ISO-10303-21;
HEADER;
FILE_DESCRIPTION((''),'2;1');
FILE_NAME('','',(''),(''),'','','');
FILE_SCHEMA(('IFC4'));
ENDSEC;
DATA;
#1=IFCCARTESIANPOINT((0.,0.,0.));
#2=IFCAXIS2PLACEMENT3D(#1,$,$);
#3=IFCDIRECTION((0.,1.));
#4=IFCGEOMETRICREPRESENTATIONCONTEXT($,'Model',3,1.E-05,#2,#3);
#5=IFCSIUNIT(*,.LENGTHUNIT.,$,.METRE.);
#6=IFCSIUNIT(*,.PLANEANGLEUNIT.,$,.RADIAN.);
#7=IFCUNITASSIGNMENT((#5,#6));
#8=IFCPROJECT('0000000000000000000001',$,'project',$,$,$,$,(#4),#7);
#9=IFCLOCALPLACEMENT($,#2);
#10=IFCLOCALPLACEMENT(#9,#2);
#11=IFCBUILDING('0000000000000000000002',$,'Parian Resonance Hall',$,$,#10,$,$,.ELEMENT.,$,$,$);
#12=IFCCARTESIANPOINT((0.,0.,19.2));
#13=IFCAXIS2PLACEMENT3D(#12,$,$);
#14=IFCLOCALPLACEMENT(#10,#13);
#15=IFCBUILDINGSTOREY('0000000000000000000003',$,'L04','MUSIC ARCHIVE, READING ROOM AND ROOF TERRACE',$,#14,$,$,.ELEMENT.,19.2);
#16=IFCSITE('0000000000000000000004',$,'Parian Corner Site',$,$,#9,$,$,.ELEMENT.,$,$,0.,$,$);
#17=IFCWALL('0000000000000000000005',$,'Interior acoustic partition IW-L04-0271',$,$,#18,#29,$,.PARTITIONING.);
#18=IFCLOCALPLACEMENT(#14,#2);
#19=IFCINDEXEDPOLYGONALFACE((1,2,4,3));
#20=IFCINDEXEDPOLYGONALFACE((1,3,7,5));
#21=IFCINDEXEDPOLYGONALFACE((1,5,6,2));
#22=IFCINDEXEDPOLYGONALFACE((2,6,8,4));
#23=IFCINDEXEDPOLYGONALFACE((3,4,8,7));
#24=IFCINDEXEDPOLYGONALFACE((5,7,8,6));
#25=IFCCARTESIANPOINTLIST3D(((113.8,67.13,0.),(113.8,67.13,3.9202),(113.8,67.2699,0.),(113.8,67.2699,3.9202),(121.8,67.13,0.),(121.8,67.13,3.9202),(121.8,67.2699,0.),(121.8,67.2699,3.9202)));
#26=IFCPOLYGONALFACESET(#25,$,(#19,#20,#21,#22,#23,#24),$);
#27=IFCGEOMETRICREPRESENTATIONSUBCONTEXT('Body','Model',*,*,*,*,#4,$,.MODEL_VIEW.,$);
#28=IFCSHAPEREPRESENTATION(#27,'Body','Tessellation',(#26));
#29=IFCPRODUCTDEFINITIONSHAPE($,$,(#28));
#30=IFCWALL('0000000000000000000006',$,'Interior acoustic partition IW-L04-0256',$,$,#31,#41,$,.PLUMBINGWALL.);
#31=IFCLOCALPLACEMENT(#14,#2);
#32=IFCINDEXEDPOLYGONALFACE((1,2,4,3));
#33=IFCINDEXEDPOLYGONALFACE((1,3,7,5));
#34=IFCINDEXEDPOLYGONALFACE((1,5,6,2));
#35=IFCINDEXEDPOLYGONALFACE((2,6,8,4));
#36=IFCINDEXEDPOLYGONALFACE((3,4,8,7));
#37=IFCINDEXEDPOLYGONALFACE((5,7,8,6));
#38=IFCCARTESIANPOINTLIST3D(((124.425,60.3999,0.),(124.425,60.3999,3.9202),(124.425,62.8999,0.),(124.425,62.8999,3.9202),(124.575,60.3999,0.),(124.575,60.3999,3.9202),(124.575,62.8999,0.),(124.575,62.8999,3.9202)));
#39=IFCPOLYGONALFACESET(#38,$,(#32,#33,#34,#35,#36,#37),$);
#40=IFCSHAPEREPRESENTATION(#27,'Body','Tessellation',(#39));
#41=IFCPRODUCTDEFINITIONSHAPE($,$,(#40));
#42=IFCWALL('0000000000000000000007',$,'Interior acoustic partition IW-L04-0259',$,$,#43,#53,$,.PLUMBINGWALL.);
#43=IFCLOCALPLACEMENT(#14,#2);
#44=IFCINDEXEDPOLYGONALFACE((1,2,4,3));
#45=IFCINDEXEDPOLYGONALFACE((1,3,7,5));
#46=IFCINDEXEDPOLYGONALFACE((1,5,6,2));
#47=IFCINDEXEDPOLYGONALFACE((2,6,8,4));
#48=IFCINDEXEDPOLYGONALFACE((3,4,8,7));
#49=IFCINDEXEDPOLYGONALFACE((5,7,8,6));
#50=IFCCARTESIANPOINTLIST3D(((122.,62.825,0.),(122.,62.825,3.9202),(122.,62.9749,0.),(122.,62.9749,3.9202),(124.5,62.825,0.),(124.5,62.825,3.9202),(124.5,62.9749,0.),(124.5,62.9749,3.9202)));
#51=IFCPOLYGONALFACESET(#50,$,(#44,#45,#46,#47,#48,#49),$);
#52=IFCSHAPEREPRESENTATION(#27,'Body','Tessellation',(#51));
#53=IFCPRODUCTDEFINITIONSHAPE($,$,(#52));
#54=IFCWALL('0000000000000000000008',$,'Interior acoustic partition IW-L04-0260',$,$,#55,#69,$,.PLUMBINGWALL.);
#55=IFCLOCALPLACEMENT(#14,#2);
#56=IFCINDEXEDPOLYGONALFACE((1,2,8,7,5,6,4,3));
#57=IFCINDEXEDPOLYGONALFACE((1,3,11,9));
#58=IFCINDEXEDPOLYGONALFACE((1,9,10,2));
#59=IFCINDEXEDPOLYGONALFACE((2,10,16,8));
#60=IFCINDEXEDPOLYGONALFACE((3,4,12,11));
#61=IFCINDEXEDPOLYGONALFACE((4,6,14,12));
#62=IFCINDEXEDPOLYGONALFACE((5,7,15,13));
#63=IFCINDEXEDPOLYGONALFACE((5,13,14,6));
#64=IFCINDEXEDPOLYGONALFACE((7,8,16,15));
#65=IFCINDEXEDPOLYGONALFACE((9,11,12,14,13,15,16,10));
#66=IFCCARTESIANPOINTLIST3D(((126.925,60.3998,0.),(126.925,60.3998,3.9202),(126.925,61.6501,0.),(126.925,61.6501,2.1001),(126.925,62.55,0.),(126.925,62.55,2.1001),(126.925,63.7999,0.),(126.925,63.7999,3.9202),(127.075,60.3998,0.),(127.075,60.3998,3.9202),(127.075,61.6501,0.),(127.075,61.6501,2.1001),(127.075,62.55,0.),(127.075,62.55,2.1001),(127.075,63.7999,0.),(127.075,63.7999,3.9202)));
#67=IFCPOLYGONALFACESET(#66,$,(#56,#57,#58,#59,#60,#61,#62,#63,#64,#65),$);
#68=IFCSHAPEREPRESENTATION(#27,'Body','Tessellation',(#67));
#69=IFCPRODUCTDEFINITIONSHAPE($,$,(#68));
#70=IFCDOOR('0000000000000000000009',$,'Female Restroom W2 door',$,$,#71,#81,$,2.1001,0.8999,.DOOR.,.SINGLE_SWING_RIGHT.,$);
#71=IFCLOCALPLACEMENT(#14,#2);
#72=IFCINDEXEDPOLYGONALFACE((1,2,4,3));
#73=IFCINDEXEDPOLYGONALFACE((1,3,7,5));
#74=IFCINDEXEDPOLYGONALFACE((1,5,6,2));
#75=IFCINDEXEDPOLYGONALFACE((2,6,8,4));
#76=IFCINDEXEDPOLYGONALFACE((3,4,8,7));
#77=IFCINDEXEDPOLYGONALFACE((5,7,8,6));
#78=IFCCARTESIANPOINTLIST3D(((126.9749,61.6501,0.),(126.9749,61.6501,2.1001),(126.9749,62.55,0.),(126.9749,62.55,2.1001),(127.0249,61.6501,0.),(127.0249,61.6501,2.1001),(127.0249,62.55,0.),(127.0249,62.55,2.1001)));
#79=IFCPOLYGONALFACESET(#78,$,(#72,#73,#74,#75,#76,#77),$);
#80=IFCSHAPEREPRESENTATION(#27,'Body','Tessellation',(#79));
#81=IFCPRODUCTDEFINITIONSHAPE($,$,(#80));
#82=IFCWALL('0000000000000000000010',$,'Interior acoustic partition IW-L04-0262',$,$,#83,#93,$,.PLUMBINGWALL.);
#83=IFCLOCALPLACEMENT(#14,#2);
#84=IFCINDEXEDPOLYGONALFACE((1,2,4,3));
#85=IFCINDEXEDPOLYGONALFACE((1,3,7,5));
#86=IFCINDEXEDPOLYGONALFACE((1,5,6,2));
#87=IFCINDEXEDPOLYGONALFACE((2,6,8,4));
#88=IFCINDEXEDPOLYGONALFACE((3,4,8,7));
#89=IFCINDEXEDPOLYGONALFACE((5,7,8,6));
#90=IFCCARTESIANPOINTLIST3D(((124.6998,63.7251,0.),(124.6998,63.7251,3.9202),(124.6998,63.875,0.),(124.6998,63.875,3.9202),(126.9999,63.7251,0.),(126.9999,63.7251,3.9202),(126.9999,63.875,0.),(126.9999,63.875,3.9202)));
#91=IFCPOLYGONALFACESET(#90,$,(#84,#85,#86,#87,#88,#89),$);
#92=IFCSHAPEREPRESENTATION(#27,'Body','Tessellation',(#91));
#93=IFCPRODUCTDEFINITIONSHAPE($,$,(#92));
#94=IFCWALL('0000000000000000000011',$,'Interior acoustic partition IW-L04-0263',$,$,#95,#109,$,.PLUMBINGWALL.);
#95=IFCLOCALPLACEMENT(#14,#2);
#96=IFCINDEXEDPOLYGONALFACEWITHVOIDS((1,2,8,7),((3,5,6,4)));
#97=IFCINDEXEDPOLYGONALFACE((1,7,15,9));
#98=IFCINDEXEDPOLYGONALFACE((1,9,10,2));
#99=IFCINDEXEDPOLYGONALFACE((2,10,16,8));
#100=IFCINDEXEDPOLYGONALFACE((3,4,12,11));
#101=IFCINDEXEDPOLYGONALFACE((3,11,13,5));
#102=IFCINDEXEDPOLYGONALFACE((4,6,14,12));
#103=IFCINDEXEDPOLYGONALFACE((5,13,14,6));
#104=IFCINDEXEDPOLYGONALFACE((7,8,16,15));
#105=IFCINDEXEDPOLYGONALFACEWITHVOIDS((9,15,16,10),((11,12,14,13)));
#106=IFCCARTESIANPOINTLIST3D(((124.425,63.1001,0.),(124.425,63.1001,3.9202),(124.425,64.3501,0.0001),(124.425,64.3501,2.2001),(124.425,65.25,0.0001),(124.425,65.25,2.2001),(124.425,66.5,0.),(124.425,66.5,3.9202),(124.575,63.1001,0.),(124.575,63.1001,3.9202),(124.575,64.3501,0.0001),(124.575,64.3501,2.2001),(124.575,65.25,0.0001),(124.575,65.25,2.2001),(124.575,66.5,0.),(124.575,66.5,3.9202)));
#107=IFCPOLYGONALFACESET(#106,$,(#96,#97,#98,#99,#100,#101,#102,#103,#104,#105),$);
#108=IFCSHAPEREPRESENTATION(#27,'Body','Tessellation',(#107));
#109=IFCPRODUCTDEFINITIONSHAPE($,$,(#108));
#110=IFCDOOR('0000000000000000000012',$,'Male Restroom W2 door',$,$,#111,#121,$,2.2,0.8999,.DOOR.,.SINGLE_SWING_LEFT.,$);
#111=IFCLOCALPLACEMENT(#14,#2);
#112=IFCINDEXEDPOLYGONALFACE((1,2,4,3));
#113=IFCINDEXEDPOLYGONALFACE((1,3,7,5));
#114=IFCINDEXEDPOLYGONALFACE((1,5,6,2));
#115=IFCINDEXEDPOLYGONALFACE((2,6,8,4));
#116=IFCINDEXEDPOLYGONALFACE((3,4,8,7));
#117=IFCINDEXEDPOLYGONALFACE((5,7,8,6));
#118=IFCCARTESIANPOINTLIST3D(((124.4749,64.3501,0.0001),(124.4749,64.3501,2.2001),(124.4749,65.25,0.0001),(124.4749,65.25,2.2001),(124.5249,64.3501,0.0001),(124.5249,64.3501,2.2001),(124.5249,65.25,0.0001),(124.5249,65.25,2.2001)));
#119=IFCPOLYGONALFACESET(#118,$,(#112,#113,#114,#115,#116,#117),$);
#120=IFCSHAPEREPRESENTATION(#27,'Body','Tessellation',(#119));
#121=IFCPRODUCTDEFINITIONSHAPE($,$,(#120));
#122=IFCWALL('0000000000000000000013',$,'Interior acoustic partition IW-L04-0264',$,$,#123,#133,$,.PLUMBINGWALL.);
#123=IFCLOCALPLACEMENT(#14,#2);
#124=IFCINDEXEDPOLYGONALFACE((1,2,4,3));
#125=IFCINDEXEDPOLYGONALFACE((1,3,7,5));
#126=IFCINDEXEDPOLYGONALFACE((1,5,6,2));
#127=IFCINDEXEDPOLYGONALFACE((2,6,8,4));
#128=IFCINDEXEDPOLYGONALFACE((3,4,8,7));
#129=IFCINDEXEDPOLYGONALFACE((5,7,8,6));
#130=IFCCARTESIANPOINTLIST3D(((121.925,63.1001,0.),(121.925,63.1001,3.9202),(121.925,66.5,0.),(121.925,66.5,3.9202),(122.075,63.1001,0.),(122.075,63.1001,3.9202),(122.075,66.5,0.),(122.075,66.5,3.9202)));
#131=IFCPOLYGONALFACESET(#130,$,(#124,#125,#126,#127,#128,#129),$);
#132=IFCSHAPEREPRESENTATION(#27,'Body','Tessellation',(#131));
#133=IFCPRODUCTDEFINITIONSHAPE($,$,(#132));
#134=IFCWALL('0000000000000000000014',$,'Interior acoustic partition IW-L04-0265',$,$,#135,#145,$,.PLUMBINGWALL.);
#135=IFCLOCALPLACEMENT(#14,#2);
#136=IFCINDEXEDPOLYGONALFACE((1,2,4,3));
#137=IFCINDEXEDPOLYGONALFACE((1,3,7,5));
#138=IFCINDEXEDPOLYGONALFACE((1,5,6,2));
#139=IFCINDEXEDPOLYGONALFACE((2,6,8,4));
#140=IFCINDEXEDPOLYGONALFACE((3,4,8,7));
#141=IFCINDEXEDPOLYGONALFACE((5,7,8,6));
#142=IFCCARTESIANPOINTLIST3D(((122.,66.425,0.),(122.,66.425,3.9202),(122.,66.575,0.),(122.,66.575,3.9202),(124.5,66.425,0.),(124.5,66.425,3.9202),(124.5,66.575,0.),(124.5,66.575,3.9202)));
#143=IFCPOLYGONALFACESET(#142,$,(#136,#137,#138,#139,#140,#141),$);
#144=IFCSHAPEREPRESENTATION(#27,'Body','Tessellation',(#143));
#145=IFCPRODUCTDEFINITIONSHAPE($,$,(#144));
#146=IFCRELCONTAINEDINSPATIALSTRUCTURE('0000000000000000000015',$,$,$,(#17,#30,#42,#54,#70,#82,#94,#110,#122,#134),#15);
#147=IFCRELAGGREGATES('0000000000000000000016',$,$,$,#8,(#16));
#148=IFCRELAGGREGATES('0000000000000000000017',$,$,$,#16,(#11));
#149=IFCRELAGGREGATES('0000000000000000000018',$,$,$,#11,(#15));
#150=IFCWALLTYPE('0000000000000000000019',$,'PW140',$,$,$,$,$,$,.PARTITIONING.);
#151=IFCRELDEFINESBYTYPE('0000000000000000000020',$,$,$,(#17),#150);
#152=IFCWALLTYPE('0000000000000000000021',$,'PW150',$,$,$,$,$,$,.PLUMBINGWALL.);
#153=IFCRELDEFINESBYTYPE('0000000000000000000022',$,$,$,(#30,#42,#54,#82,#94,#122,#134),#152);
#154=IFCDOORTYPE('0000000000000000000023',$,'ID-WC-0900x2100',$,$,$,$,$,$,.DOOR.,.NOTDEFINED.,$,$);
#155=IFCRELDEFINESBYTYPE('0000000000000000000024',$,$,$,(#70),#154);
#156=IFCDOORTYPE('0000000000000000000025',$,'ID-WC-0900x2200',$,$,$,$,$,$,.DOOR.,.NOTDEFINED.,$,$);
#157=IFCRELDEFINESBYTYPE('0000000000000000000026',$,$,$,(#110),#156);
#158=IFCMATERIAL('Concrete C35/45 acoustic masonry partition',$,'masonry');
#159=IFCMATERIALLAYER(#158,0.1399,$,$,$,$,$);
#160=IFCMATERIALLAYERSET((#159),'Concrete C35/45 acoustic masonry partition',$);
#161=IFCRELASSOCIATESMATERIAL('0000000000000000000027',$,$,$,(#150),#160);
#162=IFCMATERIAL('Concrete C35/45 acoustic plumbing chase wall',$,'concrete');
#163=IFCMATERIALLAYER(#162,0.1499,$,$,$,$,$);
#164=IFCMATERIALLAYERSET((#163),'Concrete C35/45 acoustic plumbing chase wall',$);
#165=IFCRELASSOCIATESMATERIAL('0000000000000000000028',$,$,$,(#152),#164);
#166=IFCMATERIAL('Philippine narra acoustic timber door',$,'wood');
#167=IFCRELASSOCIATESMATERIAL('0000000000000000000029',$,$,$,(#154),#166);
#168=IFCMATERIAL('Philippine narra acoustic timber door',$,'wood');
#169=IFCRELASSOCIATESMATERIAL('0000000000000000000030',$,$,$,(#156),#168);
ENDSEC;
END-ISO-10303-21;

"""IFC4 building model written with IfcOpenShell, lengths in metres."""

from ifc_helpers import new_model, si_unit, direction, frame, frame_2d, origin, place, context, subcontext, project, spatial, rectangle, extrude, material, layer, layer_set, type_object, element, fill, save


model = new_model("IFC4")

# Units and contexts
model_context = context("Model", 3, precision=1e-05, world=origin(), true_north=direction((0.0, 1.0)))
body_context = subcontext(model_context, "Body", "Model", "MODEL_VIEW")
ifc_project = project(units=[si_unit("LENGTHUNIT", "METRE"), si_unit("PLANEANGLEUNIT", "RADIAN")], contexts=[model_context])

# Site, building, storey
site_placement = place(None, origin())
site = spatial("IfcSite", under=ifc_project, at=site_placement, Name="Parian Corner Site", CompositionType="ELEMENT", RefElevation=0.0)
building_placement = place(site_placement, origin())
building = spatial("IfcBuilding", under=site, at=building_placement, Name="Parian Resonance Hall", CompositionType="ELEMENT")
storey_placement = place(building_placement, frame((0.0, 0.0, 19.2)))
storey = spatial("IfcBuildingStorey", under=building, at=storey_placement, Name="L04", Description="MUSIC ARCHIVE, READING ROOM AND ROOF TERRACE", CompositionType="ELEMENT", Elevation=19.2)

# Walls
ifc_material_1 = material(Name="Concrete C35/45 acoustic masonry partition", Category="masonry")
ifc_layer_1 = layer(ifc_material_1, 0.1399)
ifc_layer_set_1 = layer_set([ifc_layer_1], Name="Concrete C35/45 acoustic masonry partition")
wall_type_1 = type_object("IfcWallType", Name="PW140", PredefinedType="PARTITIONING", material=ifc_layer_set_1)
wall_1_placement = place(storey_placement, frame((121.8, 67.2, 0.0), z_axis=(0.0, 0.0, 1.0), x_axis=(-1.0, 0.0, 0.0)))
element("IfcWall", 1, at=wall_1_placement, inside=storey, type_object=wall_type_1, Name="Interior acoustic partition IW-L04-0271", PredefinedType="PARTITIONING", context=body_context, shape_type="SweptSolid", body=[
    extrude(rectangle(XDim=8.0, YDim=0.1399, at=frame_2d((4.0, 0.0))), origin(), (0.0, 0.0, 1.0), 3.9202),
])
ifc_material_2 = material(Name="Concrete C35/45 acoustic plumbing chase wall", Category="concrete")
ifc_layer_2 = layer(ifc_material_2, 0.1499)
ifc_layer_set_2 = layer_set([ifc_layer_2], Name="Concrete C35/45 acoustic plumbing chase wall")
wall_type_2 = type_object("IfcWallType", Name="PW150", PredefinedType="PLUMBINGWALL", material=ifc_layer_set_2)
for number, where, z_axis, x_axis, name in (
    (2, (124.5, 62.8999, 0.0), (0.0, 0.0, 1.0), (0.0, -1.0, 0.0), "Interior acoustic partition IW-L04-0256"),
    (3, (122.0, 62.8999, 0.0), (0.0, 0.0, 1.0), (1.0, 0.0, 0.0), "Interior acoustic partition IW-L04-0259"),
):
    element("IfcWall", number, at=place(storey_placement, frame(where, z_axis=z_axis, x_axis=x_axis)), inside=storey, type_object=wall_type_2, Name=name, PredefinedType="PLUMBINGWALL", context=body_context, shape_type="SweptSolid", body=[
        extrude(rectangle(XDim=2.5, YDim=0.1499, at=frame_2d((1.25, 0.0))), origin(), (0.0, 0.0, 1.0), 3.9202),
    ])

# Wall, opening, door
wall_2_placement = place(storey_placement, frame((127.0, 63.8, 0.0), z_axis=(0.0, 0.0, 1.0), x_axis=(0.0, -1.0, 0.0)))
wall_2 = element("IfcWall", 4, at=wall_2_placement, inside=storey, type_object=wall_type_2, Name="Interior acoustic partition IW-L04-0260", PredefinedType="PLUMBINGWALL", context=body_context, shape_type="SweptSolid", body=[
    extrude(rectangle(XDim=3.4001, YDim=0.1499, at=frame_2d((1.7002, 0.0))), origin(), (0.0, 0.0, 1.0), 3.9202),
])
opening_1_placement = place(wall_2_placement, frame((1.25, 0.0, 0.0)))
opening_1 = element("IfcOpeningElement", 5, at=opening_1_placement, cuts=wall_2, PredefinedType="OPENING", context=body_context, shape_type="SweptSolid", body=[
    extrude(rectangle(XDim=0.8999, YDim=2.1001, at=frame_2d((0.45, 1.05))), frame((0.0, 0.085, 0.0), z_axis=(0.0, -1.0, 0.0), x_axis=(1.0, 0.0, 0.0)), (0.0, 0.0, 1.0), 0.1699),
])
ifc_material_3 = material(Name="Philippine narra acoustic timber door", Category="wood")
door_type_1 = type_object("IfcDoorType", Name="ID-WC-0900x2100", OperationType="NOTDEFINED", PredefinedType="DOOR", material=ifc_material_3)
door_1_placement = place(opening_1_placement, origin())
door_1 = element("IfcDoor", 6, at=door_1_placement, inside=storey, type_object=door_type_1, Name="Female Restroom W2 door", OperationType="SINGLE_SWING_RIGHT", OverallHeight=2.1001, OverallWidth=0.8999, PredefinedType="DOOR", context=body_context, shape_type="SweptSolid", body=[
    extrude(rectangle(XDim=0.8999, YDim=2.1001, at=frame_2d((0.45, 1.05))), frame((0.0, 0.0249, 0.0), z_axis=(0.0, -1.0, 0.0), x_axis=(1.0, 0.0, 0.0)), (0.0, 0.0, 1.0), 0.05),
])
fill(opening_1, door_1)

# Wall
wall_3_placement = place(storey_placement, frame((124.7, 63.8, 0.0), z_axis=(0.0, 0.0, 1.0), x_axis=(1.0, 0.0, 0.0)))
element("IfcWall", 7, at=wall_3_placement, inside=storey, type_object=wall_type_2, Name="Interior acoustic partition IW-L04-0262", PredefinedType="PLUMBINGWALL", context=body_context, shape_type="SweptSolid", body=[
    extrude(rectangle(XDim=2.3, YDim=0.1499, at=frame_2d((1.1499, 0.0))), origin(), (0.0, 0.0, 1.0), 3.9202),
])

# Wall, opening, door
wall_4_placement = place(storey_placement, frame((124.5, 66.5, 0.0), z_axis=(0.0, 0.0, 1.0), x_axis=(0.0, -1.0, 0.0)))
wall_4 = element("IfcWall", 8, at=wall_4_placement, inside=storey, type_object=wall_type_2, Name="Interior acoustic partition IW-L04-0263", PredefinedType="PLUMBINGWALL", context=body_context, shape_type="SweptSolid", body=[
    extrude(rectangle(XDim=3.3999, YDim=0.1499, at=frame_2d((1.7, 0.0))), origin(), (0.0, 0.0, 1.0), 3.9202),
])
opening_2_placement = place(wall_4_placement, frame((1.25, 0.0, 0.0)))
opening_2 = element("IfcOpeningElement", 9, at=opening_2_placement, cuts=wall_4, PredefinedType="OPENING", context=body_context, shape_type="SweptSolid", body=[
    extrude(rectangle(XDim=0.8999, YDim=2.2, at=frame_2d((0.45, 1.1001))), frame((0.0, 0.085, 0.0), z_axis=(0.0, -1.0, 0.0), x_axis=(1.0, 0.0, 0.0)), (0.0, 0.0, 1.0), 0.1699),
])
ifc_material_4 = material(Name="Philippine narra acoustic timber door", Category="wood")
door_type_2 = type_object("IfcDoorType", Name="ID-WC-0900x2200", OperationType="NOTDEFINED", PredefinedType="DOOR", material=ifc_material_4)
door_2_placement = place(opening_2_placement, origin())
door_2 = element("IfcDoor", 10, at=door_2_placement, inside=storey, type_object=door_type_2, Name="Male Restroom W2 door", OperationType="SINGLE_SWING_LEFT", OverallHeight=2.2, OverallWidth=0.8999, PredefinedType="DOOR", context=body_context, shape_type="SweptSolid", body=[
    extrude(rectangle(XDim=0.8999, YDim=2.2, at=frame_2d((0.45, 1.1001))), frame((0.0, 0.0249, 0.0), z_axis=(0.0, -1.0, 0.0), x_axis=(1.0, 0.0, 0.0)), (0.0, 0.0, 1.0), 0.05),
])
fill(opening_2, door_2)

# Walls
wall_5_placement = place(storey_placement, frame((122.0, 63.1001, 0.0), z_axis=(0.0, 0.0, 1.0), x_axis=(0.0, 1.0, 0.0)))
element("IfcWall", 11, at=wall_5_placement, inside=storey, type_object=wall_type_2, Name="Interior acoustic partition IW-L04-0264", PredefinedType="PLUMBINGWALL", context=body_context, shape_type="SweptSolid", body=[
    extrude(rectangle(XDim=3.3999, YDim=0.1499, at=frame_2d((1.7, 0.0))), origin(), (0.0, 0.0, 1.0), 3.9202),
])
wall_6_placement = place(storey_placement, frame((122.0, 66.5, 0.0), z_axis=(0.0, 0.0, 1.0), x_axis=(1.0, 0.0, 0.0)))
element("IfcWall", 12, at=wall_6_placement, inside=storey, type_object=wall_type_2, Name="Interior acoustic partition IW-L04-0265", PredefinedType="PLUMBINGWALL", context=body_context, shape_type="SweptSolid", body=[
    extrude(rectangle(XDim=2.5, YDim=0.1499, at=frame_2d((1.25, 0.0))), origin(), (0.0, 0.0, 1.0), 3.9202),
])

save(model, "model.ifc")
